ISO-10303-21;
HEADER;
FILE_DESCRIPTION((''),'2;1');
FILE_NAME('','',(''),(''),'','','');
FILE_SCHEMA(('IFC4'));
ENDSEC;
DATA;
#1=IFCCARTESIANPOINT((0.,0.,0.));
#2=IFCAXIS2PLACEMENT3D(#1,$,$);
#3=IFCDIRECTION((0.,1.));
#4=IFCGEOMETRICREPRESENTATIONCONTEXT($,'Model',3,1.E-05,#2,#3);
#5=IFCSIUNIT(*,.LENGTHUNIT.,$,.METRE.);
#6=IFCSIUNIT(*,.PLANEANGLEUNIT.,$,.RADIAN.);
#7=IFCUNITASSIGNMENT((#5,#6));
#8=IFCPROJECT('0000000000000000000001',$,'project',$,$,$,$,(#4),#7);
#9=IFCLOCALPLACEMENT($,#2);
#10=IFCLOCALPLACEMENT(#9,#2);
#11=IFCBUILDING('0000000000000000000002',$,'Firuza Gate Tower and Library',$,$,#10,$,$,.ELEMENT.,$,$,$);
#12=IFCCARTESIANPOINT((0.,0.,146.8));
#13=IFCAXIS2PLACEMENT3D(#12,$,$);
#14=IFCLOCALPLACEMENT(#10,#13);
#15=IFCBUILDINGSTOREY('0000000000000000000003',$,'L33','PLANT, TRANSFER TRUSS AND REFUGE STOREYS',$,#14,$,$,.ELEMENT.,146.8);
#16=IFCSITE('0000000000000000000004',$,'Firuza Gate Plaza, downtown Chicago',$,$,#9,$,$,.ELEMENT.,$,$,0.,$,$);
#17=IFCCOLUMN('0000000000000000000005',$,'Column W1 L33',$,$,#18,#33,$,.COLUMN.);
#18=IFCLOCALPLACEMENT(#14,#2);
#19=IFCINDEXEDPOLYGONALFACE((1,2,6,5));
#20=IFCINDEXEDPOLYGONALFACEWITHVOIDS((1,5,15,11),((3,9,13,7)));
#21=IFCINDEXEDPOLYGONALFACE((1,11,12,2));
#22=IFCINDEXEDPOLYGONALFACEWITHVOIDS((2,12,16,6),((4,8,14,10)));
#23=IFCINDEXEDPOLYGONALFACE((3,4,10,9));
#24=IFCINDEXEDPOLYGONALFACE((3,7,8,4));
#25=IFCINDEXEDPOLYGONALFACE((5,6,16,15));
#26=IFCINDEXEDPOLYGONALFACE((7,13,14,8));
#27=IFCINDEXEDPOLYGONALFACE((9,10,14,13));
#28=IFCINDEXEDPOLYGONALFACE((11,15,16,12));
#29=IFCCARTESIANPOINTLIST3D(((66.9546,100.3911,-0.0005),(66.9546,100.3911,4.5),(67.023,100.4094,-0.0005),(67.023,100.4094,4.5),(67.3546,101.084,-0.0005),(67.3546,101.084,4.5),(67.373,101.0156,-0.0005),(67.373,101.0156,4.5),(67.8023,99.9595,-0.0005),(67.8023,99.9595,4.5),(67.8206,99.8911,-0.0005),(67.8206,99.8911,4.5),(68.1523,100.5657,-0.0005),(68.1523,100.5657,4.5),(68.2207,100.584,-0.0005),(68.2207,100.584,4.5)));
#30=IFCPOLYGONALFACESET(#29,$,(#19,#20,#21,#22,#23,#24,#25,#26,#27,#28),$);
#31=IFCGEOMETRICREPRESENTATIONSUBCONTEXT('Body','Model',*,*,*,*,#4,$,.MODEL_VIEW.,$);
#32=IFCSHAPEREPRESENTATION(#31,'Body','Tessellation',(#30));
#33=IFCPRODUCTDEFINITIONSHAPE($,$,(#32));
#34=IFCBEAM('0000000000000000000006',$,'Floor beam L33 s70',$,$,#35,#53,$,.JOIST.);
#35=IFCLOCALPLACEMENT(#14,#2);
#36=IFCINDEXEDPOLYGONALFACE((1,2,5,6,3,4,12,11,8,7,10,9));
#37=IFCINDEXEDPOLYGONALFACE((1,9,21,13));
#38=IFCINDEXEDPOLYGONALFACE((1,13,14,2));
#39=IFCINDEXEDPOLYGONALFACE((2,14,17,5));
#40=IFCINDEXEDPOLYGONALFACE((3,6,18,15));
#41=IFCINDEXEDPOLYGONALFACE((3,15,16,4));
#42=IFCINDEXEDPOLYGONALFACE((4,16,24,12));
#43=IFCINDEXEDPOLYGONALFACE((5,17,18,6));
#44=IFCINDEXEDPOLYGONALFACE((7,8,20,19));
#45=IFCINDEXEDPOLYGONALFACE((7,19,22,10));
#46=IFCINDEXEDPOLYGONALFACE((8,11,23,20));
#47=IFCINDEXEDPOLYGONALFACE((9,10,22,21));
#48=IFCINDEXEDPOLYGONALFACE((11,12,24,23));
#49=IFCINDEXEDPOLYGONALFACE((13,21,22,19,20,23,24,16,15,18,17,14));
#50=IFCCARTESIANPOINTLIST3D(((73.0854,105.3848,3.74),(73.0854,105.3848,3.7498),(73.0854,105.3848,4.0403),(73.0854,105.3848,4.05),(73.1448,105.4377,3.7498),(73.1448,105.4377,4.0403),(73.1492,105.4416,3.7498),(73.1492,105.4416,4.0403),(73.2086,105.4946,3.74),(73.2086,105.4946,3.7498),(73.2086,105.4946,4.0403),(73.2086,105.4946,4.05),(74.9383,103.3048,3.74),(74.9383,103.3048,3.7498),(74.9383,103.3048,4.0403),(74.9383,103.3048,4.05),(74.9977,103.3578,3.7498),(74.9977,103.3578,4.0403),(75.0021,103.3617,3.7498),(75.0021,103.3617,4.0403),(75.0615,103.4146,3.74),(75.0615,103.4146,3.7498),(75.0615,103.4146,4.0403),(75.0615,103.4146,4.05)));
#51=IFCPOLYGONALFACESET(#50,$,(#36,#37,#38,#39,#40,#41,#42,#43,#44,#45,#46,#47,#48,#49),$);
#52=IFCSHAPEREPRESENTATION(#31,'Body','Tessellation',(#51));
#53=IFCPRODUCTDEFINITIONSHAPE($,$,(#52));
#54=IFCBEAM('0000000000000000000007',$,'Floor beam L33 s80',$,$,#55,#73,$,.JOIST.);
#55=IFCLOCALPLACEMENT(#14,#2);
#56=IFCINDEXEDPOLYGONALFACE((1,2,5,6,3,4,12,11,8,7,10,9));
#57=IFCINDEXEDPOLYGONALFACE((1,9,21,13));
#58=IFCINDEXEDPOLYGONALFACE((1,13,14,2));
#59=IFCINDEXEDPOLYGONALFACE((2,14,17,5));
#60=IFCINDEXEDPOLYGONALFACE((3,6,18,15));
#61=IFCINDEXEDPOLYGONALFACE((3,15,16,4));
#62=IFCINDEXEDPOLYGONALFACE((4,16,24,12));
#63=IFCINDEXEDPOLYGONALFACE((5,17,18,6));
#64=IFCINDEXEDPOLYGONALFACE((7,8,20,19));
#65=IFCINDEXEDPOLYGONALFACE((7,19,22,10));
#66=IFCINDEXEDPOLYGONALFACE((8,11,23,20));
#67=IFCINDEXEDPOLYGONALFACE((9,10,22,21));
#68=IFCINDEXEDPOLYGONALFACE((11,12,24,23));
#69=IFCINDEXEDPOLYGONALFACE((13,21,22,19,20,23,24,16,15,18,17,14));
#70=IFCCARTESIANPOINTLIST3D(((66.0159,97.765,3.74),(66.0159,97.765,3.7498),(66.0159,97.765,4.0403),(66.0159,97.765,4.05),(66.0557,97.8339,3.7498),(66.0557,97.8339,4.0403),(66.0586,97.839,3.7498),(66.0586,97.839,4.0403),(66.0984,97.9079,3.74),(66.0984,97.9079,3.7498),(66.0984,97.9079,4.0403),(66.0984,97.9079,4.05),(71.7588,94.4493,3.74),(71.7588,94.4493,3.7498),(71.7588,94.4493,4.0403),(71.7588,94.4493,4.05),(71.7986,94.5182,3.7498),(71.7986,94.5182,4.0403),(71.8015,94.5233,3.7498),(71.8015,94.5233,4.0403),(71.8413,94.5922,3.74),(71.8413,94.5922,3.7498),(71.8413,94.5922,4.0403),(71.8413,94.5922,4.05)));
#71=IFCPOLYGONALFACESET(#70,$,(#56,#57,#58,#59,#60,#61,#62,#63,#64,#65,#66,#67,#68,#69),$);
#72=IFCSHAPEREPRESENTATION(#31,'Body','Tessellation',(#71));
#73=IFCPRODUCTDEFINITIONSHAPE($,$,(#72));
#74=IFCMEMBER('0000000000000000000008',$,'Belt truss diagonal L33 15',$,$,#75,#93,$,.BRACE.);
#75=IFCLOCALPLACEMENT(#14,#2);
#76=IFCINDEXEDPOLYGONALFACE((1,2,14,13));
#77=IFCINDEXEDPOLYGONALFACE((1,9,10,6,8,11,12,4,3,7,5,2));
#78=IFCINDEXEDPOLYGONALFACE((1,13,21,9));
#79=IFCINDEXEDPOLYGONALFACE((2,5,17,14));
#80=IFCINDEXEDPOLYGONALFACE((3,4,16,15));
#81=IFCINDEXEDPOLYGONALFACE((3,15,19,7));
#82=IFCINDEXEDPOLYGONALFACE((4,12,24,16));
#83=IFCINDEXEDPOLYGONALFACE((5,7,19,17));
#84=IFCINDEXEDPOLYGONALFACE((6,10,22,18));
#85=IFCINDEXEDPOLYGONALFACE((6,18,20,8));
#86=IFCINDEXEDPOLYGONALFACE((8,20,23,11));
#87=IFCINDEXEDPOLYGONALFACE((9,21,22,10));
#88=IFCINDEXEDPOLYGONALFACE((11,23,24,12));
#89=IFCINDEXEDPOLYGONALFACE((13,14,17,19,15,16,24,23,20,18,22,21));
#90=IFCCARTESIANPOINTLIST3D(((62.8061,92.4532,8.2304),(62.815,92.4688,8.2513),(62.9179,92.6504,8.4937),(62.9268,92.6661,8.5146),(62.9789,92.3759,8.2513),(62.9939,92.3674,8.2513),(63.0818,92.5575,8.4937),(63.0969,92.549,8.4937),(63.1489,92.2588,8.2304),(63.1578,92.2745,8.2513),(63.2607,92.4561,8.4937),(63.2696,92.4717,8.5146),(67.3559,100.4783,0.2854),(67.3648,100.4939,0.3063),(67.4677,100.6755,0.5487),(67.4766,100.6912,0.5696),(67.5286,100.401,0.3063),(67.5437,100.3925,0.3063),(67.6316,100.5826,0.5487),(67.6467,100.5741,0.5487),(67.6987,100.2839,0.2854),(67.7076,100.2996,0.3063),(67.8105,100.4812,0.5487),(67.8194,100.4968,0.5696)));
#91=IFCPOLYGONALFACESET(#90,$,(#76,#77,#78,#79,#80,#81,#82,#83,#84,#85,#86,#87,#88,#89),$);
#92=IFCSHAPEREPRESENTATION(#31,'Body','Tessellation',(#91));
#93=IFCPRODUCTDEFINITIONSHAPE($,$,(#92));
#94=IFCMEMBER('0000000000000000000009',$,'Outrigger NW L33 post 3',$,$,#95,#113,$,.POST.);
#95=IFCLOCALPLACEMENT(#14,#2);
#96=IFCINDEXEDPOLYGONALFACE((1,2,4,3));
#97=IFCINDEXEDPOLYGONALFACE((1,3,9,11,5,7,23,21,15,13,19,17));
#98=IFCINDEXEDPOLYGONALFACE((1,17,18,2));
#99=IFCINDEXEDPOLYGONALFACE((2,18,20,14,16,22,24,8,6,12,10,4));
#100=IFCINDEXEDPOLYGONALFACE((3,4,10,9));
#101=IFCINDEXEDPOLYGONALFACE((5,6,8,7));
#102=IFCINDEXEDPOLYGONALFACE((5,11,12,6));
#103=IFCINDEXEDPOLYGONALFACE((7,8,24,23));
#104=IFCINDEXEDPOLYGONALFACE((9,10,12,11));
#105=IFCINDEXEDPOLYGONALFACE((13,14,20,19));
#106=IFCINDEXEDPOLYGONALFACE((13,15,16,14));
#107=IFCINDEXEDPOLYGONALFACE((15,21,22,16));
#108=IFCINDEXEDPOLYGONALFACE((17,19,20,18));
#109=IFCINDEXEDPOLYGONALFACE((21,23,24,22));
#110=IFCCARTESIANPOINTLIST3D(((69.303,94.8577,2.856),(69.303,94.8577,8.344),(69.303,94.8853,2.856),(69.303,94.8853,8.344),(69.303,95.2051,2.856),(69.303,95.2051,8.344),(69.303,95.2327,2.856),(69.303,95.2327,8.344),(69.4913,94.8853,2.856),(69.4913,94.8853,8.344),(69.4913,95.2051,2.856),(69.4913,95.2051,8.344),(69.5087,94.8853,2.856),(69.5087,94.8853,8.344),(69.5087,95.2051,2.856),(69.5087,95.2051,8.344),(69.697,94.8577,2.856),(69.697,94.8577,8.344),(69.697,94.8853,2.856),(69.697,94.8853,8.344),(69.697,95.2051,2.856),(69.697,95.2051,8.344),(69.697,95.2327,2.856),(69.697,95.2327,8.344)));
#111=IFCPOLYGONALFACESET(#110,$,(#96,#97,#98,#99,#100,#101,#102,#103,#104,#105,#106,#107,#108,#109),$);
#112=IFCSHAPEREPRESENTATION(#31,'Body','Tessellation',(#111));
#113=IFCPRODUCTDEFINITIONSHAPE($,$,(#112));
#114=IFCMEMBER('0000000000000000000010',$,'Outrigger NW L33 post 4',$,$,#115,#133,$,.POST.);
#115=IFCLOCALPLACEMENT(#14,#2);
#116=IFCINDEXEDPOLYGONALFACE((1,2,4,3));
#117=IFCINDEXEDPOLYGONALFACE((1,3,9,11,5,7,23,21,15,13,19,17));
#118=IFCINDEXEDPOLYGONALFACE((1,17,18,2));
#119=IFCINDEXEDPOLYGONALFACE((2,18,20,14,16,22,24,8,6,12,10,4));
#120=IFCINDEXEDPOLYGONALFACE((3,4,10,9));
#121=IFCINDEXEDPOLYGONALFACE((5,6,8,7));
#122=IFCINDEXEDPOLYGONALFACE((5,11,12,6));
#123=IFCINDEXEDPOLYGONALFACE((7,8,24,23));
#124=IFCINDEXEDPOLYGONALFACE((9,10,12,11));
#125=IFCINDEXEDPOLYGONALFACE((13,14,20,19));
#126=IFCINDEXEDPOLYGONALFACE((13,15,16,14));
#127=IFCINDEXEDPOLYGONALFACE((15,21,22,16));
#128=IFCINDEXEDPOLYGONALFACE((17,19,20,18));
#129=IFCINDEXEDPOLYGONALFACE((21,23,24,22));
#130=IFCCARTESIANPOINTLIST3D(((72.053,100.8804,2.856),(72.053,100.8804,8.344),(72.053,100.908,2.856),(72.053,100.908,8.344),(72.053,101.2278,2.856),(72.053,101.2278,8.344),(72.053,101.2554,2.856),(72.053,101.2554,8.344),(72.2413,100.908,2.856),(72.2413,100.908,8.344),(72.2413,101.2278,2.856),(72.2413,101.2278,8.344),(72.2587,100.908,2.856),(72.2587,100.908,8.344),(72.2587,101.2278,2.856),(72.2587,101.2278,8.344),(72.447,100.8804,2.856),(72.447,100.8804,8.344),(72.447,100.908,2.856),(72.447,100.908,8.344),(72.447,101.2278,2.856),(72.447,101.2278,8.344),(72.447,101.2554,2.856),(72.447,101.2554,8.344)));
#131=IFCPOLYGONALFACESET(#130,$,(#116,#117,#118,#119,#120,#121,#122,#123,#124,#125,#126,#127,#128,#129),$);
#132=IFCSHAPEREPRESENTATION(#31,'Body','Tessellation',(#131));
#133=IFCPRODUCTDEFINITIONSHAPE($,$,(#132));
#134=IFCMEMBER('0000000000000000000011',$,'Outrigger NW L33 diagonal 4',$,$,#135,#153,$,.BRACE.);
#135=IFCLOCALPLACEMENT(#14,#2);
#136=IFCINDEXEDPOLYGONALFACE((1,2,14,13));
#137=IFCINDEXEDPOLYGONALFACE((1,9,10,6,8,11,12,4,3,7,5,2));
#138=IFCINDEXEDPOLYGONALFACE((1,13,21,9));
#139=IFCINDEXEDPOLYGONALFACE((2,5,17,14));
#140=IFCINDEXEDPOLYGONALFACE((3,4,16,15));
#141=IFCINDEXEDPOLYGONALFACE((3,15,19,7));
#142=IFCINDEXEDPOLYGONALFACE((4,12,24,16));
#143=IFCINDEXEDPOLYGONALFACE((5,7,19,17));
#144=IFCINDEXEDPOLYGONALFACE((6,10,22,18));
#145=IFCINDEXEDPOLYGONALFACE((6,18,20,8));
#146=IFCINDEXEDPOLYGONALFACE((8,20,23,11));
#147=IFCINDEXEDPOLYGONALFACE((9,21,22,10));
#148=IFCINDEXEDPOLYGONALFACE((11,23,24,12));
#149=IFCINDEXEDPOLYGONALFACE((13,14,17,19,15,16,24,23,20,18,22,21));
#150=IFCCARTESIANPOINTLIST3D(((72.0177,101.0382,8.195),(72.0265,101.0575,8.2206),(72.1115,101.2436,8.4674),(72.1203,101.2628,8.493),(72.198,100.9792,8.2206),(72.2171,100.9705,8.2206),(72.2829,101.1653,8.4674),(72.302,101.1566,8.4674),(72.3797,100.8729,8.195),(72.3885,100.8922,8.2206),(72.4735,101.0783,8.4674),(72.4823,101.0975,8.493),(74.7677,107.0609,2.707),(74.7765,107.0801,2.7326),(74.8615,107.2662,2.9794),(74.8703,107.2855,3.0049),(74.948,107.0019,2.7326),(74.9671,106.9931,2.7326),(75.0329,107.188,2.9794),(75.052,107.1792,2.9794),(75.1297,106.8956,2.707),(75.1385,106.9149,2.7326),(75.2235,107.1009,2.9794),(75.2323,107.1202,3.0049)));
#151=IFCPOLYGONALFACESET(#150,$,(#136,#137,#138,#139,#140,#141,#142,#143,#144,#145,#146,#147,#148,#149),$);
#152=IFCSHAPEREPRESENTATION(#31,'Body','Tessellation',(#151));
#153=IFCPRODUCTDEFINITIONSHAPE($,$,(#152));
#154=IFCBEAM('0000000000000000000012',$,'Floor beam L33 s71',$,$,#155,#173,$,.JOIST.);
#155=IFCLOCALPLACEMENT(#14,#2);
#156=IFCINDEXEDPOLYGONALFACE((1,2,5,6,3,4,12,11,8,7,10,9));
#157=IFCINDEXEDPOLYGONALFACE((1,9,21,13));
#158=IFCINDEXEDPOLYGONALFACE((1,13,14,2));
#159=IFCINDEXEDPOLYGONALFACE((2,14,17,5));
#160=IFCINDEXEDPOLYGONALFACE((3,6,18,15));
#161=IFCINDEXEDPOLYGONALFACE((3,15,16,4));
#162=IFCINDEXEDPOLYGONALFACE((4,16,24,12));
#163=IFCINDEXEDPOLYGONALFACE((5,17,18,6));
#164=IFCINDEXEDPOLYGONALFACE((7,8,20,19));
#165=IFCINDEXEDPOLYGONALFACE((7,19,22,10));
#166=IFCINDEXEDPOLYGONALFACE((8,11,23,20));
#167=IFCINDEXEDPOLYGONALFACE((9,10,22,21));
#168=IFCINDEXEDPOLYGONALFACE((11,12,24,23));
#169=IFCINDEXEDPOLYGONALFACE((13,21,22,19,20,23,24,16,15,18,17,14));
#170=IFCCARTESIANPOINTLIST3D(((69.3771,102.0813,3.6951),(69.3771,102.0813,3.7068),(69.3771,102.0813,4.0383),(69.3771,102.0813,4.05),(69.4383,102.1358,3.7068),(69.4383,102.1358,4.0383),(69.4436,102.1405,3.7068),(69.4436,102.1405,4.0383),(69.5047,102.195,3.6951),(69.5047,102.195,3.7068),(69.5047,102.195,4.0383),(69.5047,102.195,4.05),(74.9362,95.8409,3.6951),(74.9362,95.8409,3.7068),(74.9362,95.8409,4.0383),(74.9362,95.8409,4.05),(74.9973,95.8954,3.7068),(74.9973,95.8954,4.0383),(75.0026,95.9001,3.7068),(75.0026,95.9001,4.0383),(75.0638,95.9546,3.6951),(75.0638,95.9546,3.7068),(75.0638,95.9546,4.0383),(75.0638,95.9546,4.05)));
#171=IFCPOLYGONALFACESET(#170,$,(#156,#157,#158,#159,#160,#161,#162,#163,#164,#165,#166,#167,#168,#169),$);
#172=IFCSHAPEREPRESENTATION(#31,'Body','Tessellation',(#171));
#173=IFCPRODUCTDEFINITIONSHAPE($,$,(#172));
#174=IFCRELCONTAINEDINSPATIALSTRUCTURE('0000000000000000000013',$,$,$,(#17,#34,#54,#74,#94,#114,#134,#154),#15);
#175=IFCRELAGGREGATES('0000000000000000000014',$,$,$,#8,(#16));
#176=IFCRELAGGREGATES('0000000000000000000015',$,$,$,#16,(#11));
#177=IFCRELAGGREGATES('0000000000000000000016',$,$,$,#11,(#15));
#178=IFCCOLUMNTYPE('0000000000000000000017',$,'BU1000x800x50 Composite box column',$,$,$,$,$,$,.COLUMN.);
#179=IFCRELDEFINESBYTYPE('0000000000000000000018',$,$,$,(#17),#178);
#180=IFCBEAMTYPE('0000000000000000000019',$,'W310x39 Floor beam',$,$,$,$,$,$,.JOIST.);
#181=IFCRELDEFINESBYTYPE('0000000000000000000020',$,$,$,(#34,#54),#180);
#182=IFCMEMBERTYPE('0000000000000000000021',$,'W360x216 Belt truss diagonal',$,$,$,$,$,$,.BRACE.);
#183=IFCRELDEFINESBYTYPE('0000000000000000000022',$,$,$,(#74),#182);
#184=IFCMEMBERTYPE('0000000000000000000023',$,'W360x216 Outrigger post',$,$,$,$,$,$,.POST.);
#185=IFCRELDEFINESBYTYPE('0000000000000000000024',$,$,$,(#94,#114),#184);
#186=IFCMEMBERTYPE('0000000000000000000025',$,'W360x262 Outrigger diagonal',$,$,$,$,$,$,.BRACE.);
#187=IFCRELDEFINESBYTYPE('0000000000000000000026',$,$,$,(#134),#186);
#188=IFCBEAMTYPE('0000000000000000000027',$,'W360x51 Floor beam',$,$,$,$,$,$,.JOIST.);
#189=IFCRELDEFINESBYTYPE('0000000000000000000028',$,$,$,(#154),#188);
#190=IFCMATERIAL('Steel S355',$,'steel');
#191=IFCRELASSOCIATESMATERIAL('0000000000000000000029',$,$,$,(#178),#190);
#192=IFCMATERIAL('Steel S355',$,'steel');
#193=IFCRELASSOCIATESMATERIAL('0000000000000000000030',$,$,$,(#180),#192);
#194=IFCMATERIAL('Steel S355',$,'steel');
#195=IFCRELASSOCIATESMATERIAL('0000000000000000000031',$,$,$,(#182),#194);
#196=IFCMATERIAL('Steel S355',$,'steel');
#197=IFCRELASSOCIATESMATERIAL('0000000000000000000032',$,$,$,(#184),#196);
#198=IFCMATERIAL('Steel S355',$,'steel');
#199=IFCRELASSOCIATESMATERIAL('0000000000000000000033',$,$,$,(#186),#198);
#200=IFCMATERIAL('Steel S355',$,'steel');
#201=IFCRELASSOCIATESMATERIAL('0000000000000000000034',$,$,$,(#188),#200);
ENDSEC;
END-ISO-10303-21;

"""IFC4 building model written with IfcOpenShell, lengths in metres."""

from ifc_helpers import new_model, si_unit, direction, frame, origin, origin_2d, place, context, subcontext, project, spatial, hollow_rectangle, i_section, extrude, material, material_profile, profile_set, type_object, element, save


model = new_model("IFC4")

# Units and contexts
model_context = context("Model", 3, precision=1e-05, world=origin(), true_north=direction((0.0, 1.0)))
body_context = subcontext(model_context, "Body", "Model", "MODEL_VIEW")
ifc_project = project(units=[si_unit("LENGTHUNIT", "METRE"), si_unit("PLANEANGLEUNIT", "RADIAN")], contexts=[model_context])

# Site, building, storey
site_placement = place(None, origin())
site = spatial("IfcSite", under=ifc_project, at=site_placement, Name="Firuza Gate Plaza, downtown Chicago", CompositionType="ELEMENT", RefElevation=0.0)
building_placement = place(site_placement, origin())
building = spatial("IfcBuilding", under=site, at=building_placement, Name="Firuza Gate Tower and Library", CompositionType="ELEMENT")
storey_placement = place(building_placement, frame((0.0, 0.0, 146.8)))
storey = spatial("IfcBuildingStorey", under=building, at=storey_placement, Name="L33", Description="PLANT, TRANSFER TRUSS AND REFUGE STOREYS", CompositionType="ELEMENT", Elevation=146.8)

# Column
ifc_material_1 = material(Name="Steel S355", Category="steel")
ifc_material_profile_1 = material_profile(ifc_material_1, hollow_rectangle(XDim=0.8, YDim=1.0, WallThickness=0.05, at=origin_2d()))
ifc_profile_set_1 = profile_set([ifc_material_profile_1], Name="Steel S355")
column_type = type_object("IfcColumnType", Name="BU1000x800x50 Composite box column", PredefinedType="COLUMN", material=ifc_profile_set_1)
column_placement = place(storey_placement, frame((67.5876, 100.4875, -0.0005), z_axis=(0.0, 0.0, 1.0), x_axis=(-0.5, -0.866025, 0.0)))
element("IfcColumn", 1, at=column_placement, inside=storey, type_object=column_type, Name="Column W1 L33", PredefinedType="COLUMN", context=body_context, shape_type="SweptSolid", body=[
    extrude(hollow_rectangle(XDim=0.8, YDim=1.0, WallThickness=0.05, at=origin_2d()), origin(), (0.0, 0.0, 1.0), 4.5005),
])

# Beams
ifc_material_2 = material(Name="Steel S355", Category="steel")
ifc_material_profile_2 = material_profile(ifc_material_2, i_section(OverallWidth=0.165, OverallDepth=0.3101, WebThickness=0.0059, FlangeThickness=0.0098, at=origin_2d()))
ifc_profile_set_2 = profile_set([ifc_material_profile_2], Name="Steel S355")
beam_type_1 = type_object("IfcBeamType", Name="W310x39 Floor beam", PredefinedType="JOIST", material=ifc_profile_set_2)
beam_1_placement = place(storey_placement, frame((73.147, 105.4397, 3.895), z_axis=(0.665179, -0.746684, 0.0), x_axis=(0.746684, 0.665179, 0.0)))
element("IfcBeam", 2, at=beam_1_placement, inside=storey, type_object=beam_type_1, Name="Floor beam L33 s70", PredefinedType="JOIST", context=body_context, shape_type="SweptSolid", body=[
    extrude(i_section(OverallWidth=0.165, OverallDepth=0.3101, WebThickness=0.0059, FlangeThickness=0.0098, at=origin_2d()), origin(), (0.0, 0.0, 1.0), 2.7856),
])
beam_2_placement = place(storey_placement, frame((66.0571, 97.8364, 3.895), z_axis=(0.866026, -0.5, 0.0), x_axis=(0.5, 0.866026, 0.0)))
element("IfcBeam", 3, at=beam_2_placement, inside=storey, type_object=beam_type_1, Name="Floor beam L33 s80", PredefinedType="JOIST", context=body_context, shape_type="SweptSolid", body=[
    extrude(i_section(OverallWidth=0.165, OverallDepth=0.3101, WebThickness=0.0059, FlangeThickness=0.0098, at=origin_2d()), origin(), (0.0, 0.0, 1.0), 6.6313),
])

# Members
ifc_material_3 = material(Name="Steel S355", Category="steel")
ifc_material_profile_3 = material_profile(ifc_material_3, i_section(OverallWidth=0.394, OverallDepth=0.375, WebThickness=0.0173, FlangeThickness=0.0276, at=origin_2d()))
ifc_profile_set_3 = profile_set([ifc_material_profile_3], Name="Steel S355")
member_type_1 = type_object("IfcMemberType", Name="W360x216 Belt truss diagonal", PredefinedType="BRACE", material=ifc_profile_set_3)
member_1_placement = place(storey_placement, frame((67.5876, 100.4875, 0.4275), z_axis=(-0.373704, -0.659156, 0.652579), x_axis=(0.869919, -0.493195, 0.0)))
element("IfcMember", 4, at=member_1_placement, inside=storey, type_object=member_type_1, Name="Belt truss diagonal L33 15", PredefinedType="BRACE", context=body_context, shape_type="SweptSolid", body=[
    extrude(i_section(OverallWidth=0.394, OverallDepth=0.375, WebThickness=0.0173, FlangeThickness=0.0276, at=origin_2d()), origin(), (0.0, 0.0, 1.0), 12.1748),
])
ifc_material_4 = material(Name="Steel S355", Category="steel")
ifc_material_profile_4 = material_profile(ifc_material_4, i_section(OverallWidth=0.394, OverallDepth=0.375, WebThickness=0.0173, FlangeThickness=0.0276, at=origin_2d()))
ifc_profile_set_4 = profile_set([ifc_material_profile_4], Name="Steel S355")
member_type_2 = type_object("IfcMemberType", Name="W360x216 Outrigger post", PredefinedType="POST", material=ifc_profile_set_4)
for number, where, z_axis, x_axis, name in (
    (5, (69.5, 95.0452, 2.856), (0.0, 0.0, 1.0), (1.0, 0.0, 0.0), "Outrigger NW L33 post 3"),
    (6, (72.25, 101.0679, 2.856), (0.0, 0.0, 1.0), (1.0, 0.0, 0.0), "Outrigger NW L33 post 4"),
):
    element("IfcMember", number, at=place(storey_placement, frame(where, z_axis=z_axis, x_axis=x_axis)), inside=storey, type_object=member_type_2, Name=name, PredefinedType="POST", context=body_context, shape_type="SweptSolid", body=[
        extrude(i_section(OverallWidth=0.394, OverallDepth=0.375, WebThickness=0.0173, FlangeThickness=0.0276, at=origin_2d()), origin(), (0.0, 0.0, 1.0), 5.488),
    ])
ifc_material_5 = material(Name="Steel S355", Category="steel")
ifc_material_profile_5 = material_profile(ifc_material_5, i_section(OverallWidth=0.3979, OverallDepth=0.387, WebThickness=0.021, FlangeThickness=0.0332, at=origin_2d()))
ifc_profile_set_5 = profile_set([ifc_material_profile_5], Name="Steel S355")
member_type_3 = type_object("IfcMemberType", Name="W360x262 Outrigger diagonal", PredefinedType="BRACE", material=ifc_profile_set_5)
member_2_placement = place(storey_placement, frame((72.25, 101.0679, 8.344), z_axis=(0.31978, 0.700343, -0.63817), x_axis=(-0.909659, 0.415355, 0.0)))
element("IfcMember", 7, at=member_2_placement, inside=storey, type_object=member_type_3, Name="Outrigger NW L33 diagonal 4", PredefinedType="BRACE", context=body_context, shape_type="SweptSolid", body=[
    extrude(i_section(OverallWidth=0.3979, OverallDepth=0.387, WebThickness=0.021, FlangeThickness=0.0332, at=origin_2d()), origin(), (0.0, 0.0, 1.0), 8.5996),
])

# Beam
ifc_material_6 = material(Name="Steel S355", Category="steel")
ifc_material_profile_6 = material_profile(ifc_material_6, i_section(OverallWidth=0.1709, OverallDepth=0.355, WebThickness=0.0071, FlangeThickness=0.0117, at=origin_2d()))
ifc_profile_set_6 = profile_set([ifc_material_profile_6], Name="Steel S355")
beam_type_2 = type_object("IfcBeamType", Name="W360x51 Floor beam", PredefinedType="JOIST", material=ifc_profile_set_6)
beam_3_placement = place(storey_placement, frame((69.4409, 102.1382, 3.8726), z_axis=(0.665165, -0.746697, 0.0), x_axis=(0.746697, 0.665165, 0.0)))
element("IfcBeam", 8, at=beam_3_placement, inside=storey, type_object=beam_type_2, Name="Floor beam L33 s71", PredefinedType="JOIST", context=body_context, shape_type="SweptSolid", body=[
    extrude(i_section(OverallWidth=0.1709, OverallDepth=0.355, WebThickness=0.0071, FlangeThickness=0.0117, at=origin_2d()), origin(), (0.0, 0.0, 1.0), 8.3574),
])

save(model, "model.ifc")
